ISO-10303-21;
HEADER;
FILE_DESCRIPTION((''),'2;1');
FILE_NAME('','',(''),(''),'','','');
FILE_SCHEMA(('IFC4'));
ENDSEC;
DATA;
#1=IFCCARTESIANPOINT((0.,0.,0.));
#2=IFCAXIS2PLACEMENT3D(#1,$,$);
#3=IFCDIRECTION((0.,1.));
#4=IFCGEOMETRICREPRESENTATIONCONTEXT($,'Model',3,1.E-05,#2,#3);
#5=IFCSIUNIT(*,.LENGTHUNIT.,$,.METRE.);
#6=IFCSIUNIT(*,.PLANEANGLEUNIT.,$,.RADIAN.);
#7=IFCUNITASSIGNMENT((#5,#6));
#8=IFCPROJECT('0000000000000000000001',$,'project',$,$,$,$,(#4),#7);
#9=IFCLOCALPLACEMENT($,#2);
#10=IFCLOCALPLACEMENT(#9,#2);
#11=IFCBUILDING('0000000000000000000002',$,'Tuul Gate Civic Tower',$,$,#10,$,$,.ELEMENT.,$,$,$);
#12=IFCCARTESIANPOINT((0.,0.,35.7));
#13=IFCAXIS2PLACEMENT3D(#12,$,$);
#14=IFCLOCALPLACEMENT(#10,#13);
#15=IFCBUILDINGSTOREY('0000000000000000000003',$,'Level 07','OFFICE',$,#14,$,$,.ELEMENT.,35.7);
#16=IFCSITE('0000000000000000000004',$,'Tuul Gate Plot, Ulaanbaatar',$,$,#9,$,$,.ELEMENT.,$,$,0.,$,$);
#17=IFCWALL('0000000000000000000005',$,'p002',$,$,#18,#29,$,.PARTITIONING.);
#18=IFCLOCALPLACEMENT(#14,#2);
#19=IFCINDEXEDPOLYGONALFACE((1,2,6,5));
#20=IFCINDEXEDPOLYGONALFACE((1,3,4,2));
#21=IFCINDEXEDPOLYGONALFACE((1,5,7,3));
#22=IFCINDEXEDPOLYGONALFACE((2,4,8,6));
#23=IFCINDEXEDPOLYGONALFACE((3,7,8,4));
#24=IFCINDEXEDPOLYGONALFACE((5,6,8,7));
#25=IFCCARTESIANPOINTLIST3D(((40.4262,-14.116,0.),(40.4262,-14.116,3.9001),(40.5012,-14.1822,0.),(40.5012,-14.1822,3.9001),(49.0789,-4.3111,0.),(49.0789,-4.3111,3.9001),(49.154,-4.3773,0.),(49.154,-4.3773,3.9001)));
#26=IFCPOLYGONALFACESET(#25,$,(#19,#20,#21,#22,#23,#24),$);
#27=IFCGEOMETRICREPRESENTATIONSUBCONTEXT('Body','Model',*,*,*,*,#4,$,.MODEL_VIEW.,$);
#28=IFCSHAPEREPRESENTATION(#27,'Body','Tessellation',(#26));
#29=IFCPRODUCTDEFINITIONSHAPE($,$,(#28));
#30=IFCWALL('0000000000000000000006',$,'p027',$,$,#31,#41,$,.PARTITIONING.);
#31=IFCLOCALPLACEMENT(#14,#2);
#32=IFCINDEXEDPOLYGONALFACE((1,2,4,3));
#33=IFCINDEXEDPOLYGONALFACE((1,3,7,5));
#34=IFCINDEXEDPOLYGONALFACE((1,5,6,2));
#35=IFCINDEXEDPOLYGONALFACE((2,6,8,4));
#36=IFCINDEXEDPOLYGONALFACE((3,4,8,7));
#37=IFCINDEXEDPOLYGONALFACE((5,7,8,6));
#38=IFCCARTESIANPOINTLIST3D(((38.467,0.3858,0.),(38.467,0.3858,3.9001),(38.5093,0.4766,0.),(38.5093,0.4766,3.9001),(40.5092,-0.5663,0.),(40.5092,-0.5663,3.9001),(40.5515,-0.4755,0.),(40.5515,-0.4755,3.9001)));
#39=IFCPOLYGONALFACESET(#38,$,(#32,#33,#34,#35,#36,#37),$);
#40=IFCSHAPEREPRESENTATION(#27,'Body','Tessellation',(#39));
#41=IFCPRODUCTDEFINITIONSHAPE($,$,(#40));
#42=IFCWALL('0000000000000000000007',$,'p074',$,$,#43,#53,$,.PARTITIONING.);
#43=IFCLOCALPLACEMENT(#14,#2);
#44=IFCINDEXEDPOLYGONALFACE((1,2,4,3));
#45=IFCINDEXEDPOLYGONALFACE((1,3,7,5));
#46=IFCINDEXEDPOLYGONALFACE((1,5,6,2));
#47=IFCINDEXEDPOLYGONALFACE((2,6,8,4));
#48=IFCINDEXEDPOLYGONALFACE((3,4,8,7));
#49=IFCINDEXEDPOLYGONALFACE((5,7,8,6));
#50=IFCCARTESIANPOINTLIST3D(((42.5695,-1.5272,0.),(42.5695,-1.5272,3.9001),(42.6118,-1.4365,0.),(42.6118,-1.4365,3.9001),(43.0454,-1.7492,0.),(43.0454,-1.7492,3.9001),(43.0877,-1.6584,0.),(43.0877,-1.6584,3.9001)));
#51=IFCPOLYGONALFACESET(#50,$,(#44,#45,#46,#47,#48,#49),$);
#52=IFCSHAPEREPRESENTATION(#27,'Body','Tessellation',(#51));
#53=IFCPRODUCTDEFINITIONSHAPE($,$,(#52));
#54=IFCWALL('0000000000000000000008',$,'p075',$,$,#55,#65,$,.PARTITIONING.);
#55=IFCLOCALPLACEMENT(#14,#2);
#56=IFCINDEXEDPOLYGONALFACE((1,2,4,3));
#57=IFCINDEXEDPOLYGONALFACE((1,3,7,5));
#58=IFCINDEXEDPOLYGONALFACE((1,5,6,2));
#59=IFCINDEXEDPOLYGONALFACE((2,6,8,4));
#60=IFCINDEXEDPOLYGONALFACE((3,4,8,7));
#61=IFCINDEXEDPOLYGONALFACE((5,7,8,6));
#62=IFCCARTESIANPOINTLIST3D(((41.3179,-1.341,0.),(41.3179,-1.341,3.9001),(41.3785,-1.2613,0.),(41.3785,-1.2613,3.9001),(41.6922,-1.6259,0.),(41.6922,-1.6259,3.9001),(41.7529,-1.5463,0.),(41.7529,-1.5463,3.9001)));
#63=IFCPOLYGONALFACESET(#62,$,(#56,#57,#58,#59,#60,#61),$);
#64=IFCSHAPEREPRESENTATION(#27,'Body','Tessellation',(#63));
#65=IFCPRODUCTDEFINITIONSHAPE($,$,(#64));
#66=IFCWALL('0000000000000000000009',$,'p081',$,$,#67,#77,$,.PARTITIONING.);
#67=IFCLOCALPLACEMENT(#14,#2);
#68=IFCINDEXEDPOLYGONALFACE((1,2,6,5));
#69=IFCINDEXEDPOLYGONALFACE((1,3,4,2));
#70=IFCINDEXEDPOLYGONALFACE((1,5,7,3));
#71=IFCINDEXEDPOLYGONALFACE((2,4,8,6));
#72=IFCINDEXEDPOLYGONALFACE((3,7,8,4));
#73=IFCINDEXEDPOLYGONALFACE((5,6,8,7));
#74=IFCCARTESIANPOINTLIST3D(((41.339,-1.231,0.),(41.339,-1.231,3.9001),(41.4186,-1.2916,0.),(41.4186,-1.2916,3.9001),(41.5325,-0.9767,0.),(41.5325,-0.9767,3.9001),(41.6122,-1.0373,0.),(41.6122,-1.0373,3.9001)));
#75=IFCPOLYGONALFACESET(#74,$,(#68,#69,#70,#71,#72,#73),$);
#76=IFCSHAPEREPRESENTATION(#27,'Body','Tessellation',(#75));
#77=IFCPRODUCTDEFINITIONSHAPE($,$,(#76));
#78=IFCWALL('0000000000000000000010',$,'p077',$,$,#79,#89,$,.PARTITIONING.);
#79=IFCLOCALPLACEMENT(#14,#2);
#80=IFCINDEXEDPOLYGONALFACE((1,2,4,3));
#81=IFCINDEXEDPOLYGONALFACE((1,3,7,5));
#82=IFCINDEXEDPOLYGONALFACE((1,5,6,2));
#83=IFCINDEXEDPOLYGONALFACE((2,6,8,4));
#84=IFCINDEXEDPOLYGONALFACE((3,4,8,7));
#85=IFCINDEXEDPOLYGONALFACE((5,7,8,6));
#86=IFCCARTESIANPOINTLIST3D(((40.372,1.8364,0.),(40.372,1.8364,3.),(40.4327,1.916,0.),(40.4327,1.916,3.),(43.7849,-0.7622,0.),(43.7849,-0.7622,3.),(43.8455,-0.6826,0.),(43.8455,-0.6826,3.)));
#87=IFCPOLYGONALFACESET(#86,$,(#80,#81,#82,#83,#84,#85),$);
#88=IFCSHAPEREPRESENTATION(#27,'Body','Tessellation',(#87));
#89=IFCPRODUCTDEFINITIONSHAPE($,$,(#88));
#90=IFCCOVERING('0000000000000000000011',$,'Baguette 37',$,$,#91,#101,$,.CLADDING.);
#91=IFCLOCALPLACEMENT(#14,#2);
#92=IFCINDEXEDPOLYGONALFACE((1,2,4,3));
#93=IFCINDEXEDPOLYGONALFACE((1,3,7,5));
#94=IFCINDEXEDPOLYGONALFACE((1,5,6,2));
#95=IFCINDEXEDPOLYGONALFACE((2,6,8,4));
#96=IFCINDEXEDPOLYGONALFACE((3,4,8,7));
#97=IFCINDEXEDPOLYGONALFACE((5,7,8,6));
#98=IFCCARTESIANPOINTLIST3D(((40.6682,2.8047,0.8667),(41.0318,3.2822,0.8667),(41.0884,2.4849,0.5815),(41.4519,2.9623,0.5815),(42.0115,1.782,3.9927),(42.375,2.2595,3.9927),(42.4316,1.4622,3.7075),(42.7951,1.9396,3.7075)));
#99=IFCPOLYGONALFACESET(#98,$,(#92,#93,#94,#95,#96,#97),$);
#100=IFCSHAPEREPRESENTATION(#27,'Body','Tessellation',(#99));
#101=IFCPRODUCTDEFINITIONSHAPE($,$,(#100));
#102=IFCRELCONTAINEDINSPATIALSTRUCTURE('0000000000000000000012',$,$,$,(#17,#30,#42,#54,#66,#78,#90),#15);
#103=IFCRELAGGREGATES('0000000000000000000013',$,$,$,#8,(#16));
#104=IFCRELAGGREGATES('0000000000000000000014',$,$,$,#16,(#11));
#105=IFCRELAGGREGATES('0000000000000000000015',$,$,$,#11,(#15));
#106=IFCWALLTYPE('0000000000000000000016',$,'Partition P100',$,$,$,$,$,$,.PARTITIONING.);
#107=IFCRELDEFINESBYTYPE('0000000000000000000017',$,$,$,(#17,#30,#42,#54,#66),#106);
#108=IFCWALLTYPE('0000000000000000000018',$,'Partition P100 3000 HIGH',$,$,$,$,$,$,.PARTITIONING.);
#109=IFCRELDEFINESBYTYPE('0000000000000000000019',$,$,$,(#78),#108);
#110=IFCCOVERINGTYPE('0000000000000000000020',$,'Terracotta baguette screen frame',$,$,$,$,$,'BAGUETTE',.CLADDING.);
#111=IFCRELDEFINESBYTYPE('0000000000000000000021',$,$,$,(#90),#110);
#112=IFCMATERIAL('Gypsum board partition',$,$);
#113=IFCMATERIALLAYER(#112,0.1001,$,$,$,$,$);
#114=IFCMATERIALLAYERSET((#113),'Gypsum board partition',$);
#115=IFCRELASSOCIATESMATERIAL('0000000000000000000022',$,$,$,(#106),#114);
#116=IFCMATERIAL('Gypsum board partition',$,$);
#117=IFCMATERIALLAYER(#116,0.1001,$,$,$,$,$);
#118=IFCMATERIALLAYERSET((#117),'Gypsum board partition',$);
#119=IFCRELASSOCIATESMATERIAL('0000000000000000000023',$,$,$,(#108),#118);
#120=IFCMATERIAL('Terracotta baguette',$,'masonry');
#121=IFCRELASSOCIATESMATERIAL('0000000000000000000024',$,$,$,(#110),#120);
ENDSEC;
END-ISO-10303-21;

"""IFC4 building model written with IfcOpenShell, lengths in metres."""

from ifc_helpers import new_model, si_unit, direction, frame, frame_2d, origin, origin_2d, place, context, subcontext, project, spatial, rectangle, extrude, material, layer, layer_set, material_profile, profile_set, type_object, element, save


model = new_model("IFC4")

# Units and contexts
model_context = context("Model", 3, precision=1e-05, world=origin(), true_north=direction((0.0, 1.0)))
body_context = subcontext(model_context, "Body", "Model", "MODEL_VIEW")
ifc_project = project(units=[si_unit("LENGTHUNIT", "METRE"), si_unit("PLANEANGLEUNIT", "RADIAN")], contexts=[model_context])

# Site, building, storey
site_placement = place(None, origin())
site = spatial("IfcSite", under=ifc_project, at=site_placement, Name="Tuul Gate Plot, Ulaanbaatar", CompositionType="ELEMENT", RefElevation=0.0)
building_placement = place(site_placement, origin())
building = spatial("IfcBuilding", under=site, at=building_placement, Name="Tuul Gate Civic Tower", CompositionType="ELEMENT")
storey_placement = place(building_placement, frame((0.0, 0.0, 35.7)))
storey = spatial("IfcBuildingStorey", under=building, at=storey_placement, Name="Level 07", Description="OFFICE", CompositionType="ELEMENT", Elevation=35.7)

# Walls
ifc_material_1 = material(Name="Gypsum board partition")
ifc_layer_1 = layer(ifc_material_1, 0.1001)
ifc_layer_set_1 = layer_set([ifc_layer_1], Name="Gypsum board partition")
wall_type_1 = type_object("IfcWallType", Name="Partition P100", PredefinedType="PARTITIONING", material=ifc_layer_set_1)
wall_1_placement = place(storey_placement, frame((40.4636, -14.1492, 0.0), z_axis=(0.0, 0.0, 1.0), x_axis=(0.661683, 0.749784, 0.0)))
element("IfcWall", 1, at=wall_1_placement, inside=storey, type_object=wall_type_1, Name="p002", PredefinedType="PARTITIONING", context=body_context, shape_type="SweptSolid", body=[
    extrude(rectangle(XDim=13.0769, YDim=0.1001, at=frame_2d((6.5386, 0.0))), origin(), (0.0, 0.0, 1.0), 3.9001),
])
wall_2_placement = place(storey_placement, frame((38.4883, 0.4312, 0.0), z_axis=(0.0, 0.0, 1.0), x_axis=(0.906335, -0.422559, 0.0)))
element("IfcWall", 2, at=wall_2_placement, inside=storey, type_object=wall_type_1, Name="p027", PredefinedType="PARTITIONING", context=body_context, shape_type="SweptSolid", body=[
    extrude(rectangle(XDim=2.2532, YDim=0.1001, at=frame_2d((1.1265, 0.0))), origin(), (0.0, 0.0, 1.0), 3.9001),
])
wall_3_placement = place(storey_placement, frame((43.0667, -1.7039, 0.0), z_axis=(0.0, 0.0, 1.0), x_axis=(-0.906278, 0.422682, 0.0)))
element("IfcWall", 3, at=wall_3_placement, inside=storey, type_object=wall_type_1, Name="p074", PredefinedType="PARTITIONING", context=body_context, shape_type="SweptSolid", body=[
    extrude(rectangle(XDim=0.5251, YDim=0.1001, at=frame_2d((0.2627, 0.0))), origin(), (0.0, 0.0, 1.0), 3.9001),
])
wall_4_placement = place(storey_placement, frame((41.7227, -1.5862, 0.0), z_axis=(0.0, 0.0, 1.0), x_axis=(-0.795682, 0.605715, 0.0)))
element("IfcWall", 4, at=wall_4_placement, inside=storey, type_object=wall_type_1, Name="p075", PredefinedType="PARTITIONING", context=body_context, shape_type="SweptSolid", body=[
    extrude(rectangle(XDim=0.4705, YDim=0.1001, at=frame_2d((0.2354, 0.0))), origin(), (0.0, 0.0, 1.0), 3.9001),
])
wall_5_placement = place(storey_placement, frame((41.5723, -1.0071, 0.0), z_axis=(0.0, 0.0, 1.0), x_axis=(-0.605606, -0.795765, 0.0)))
element("IfcWall", 5, at=wall_5_placement, inside=storey, type_object=wall_type_1, Name="p081", PredefinedType="PARTITIONING", context=body_context, shape_type="SweptSolid", body=[
    extrude(rectangle(XDim=0.3196, YDim=0.1001, at=frame_2d((0.1597, 0.0))), origin(), (0.0, 0.0, 1.0), 3.9001),
])
ifc_material_2 = material(Name="Gypsum board partition")
ifc_layer_2 = layer(ifc_material_2, 0.1001)
ifc_layer_set_2 = layer_set([ifc_layer_2], Name="Gypsum board partition")
wall_type_2 = type_object("IfcWallType", Name="Partition P100 3000 HIGH", PredefinedType="PARTITIONING", material=ifc_layer_set_2)
wall_6_placement = place(storey_placement, frame((40.4023, 1.8762, 0.0), z_axis=(0.0, 0.0, 1.0), x_axis=(0.795615, -0.605803, 0.0)))
element("IfcWall", 6, at=wall_6_placement, inside=storey, type_object=wall_type_2, Name="p077", PredefinedType="PARTITIONING", context=body_context, shape_type="SweptSolid", body=[
    extrude(rectangle(XDim=4.2896, YDim=0.1001, at=frame_2d((2.1448, 0.0))), origin(), (0.0, 0.0, 1.0), 3.0),
])

# Covering
ifc_material_3 = material(Name="Terracotta baguette", Category="masonry")
ifc_material_profile_1 = material_profile(ifc_material_3, rectangle(XDim=0.6001, YDim=0.6001, at=origin_2d()), Name="Terracotta baguette screen frame")
ifc_profile_set_1 = profile_set([ifc_material_profile_1], Name="Terracotta baguette")
covering_type = type_object("IfcCoveringType", Name="Terracotta baguette screen frame", ElementType="BAGUETTE", PredefinedType="CLADDING", material=ifc_profile_set_1)
covering_placement = place(storey_placement, frame((42.4033, 1.8608, 3.8501), z_axis=(-0.378091, 0.287863, -0.879876), x_axis=(-0.605769, -0.795641, 0.0)))
element("IfcCovering", 7, at=covering_placement, inside=storey, type_object=covering_type, Name="Baguette 37", PredefinedType="CLADDING", context=body_context, shape_type="SweptSolid", body=[
    extrude(rectangle(XDim=0.6001, YDim=0.6001, at=origin_2d()), origin(), (0.0, 0.0, 1.0), 3.5527),
])

save(model, "model.ifc")
